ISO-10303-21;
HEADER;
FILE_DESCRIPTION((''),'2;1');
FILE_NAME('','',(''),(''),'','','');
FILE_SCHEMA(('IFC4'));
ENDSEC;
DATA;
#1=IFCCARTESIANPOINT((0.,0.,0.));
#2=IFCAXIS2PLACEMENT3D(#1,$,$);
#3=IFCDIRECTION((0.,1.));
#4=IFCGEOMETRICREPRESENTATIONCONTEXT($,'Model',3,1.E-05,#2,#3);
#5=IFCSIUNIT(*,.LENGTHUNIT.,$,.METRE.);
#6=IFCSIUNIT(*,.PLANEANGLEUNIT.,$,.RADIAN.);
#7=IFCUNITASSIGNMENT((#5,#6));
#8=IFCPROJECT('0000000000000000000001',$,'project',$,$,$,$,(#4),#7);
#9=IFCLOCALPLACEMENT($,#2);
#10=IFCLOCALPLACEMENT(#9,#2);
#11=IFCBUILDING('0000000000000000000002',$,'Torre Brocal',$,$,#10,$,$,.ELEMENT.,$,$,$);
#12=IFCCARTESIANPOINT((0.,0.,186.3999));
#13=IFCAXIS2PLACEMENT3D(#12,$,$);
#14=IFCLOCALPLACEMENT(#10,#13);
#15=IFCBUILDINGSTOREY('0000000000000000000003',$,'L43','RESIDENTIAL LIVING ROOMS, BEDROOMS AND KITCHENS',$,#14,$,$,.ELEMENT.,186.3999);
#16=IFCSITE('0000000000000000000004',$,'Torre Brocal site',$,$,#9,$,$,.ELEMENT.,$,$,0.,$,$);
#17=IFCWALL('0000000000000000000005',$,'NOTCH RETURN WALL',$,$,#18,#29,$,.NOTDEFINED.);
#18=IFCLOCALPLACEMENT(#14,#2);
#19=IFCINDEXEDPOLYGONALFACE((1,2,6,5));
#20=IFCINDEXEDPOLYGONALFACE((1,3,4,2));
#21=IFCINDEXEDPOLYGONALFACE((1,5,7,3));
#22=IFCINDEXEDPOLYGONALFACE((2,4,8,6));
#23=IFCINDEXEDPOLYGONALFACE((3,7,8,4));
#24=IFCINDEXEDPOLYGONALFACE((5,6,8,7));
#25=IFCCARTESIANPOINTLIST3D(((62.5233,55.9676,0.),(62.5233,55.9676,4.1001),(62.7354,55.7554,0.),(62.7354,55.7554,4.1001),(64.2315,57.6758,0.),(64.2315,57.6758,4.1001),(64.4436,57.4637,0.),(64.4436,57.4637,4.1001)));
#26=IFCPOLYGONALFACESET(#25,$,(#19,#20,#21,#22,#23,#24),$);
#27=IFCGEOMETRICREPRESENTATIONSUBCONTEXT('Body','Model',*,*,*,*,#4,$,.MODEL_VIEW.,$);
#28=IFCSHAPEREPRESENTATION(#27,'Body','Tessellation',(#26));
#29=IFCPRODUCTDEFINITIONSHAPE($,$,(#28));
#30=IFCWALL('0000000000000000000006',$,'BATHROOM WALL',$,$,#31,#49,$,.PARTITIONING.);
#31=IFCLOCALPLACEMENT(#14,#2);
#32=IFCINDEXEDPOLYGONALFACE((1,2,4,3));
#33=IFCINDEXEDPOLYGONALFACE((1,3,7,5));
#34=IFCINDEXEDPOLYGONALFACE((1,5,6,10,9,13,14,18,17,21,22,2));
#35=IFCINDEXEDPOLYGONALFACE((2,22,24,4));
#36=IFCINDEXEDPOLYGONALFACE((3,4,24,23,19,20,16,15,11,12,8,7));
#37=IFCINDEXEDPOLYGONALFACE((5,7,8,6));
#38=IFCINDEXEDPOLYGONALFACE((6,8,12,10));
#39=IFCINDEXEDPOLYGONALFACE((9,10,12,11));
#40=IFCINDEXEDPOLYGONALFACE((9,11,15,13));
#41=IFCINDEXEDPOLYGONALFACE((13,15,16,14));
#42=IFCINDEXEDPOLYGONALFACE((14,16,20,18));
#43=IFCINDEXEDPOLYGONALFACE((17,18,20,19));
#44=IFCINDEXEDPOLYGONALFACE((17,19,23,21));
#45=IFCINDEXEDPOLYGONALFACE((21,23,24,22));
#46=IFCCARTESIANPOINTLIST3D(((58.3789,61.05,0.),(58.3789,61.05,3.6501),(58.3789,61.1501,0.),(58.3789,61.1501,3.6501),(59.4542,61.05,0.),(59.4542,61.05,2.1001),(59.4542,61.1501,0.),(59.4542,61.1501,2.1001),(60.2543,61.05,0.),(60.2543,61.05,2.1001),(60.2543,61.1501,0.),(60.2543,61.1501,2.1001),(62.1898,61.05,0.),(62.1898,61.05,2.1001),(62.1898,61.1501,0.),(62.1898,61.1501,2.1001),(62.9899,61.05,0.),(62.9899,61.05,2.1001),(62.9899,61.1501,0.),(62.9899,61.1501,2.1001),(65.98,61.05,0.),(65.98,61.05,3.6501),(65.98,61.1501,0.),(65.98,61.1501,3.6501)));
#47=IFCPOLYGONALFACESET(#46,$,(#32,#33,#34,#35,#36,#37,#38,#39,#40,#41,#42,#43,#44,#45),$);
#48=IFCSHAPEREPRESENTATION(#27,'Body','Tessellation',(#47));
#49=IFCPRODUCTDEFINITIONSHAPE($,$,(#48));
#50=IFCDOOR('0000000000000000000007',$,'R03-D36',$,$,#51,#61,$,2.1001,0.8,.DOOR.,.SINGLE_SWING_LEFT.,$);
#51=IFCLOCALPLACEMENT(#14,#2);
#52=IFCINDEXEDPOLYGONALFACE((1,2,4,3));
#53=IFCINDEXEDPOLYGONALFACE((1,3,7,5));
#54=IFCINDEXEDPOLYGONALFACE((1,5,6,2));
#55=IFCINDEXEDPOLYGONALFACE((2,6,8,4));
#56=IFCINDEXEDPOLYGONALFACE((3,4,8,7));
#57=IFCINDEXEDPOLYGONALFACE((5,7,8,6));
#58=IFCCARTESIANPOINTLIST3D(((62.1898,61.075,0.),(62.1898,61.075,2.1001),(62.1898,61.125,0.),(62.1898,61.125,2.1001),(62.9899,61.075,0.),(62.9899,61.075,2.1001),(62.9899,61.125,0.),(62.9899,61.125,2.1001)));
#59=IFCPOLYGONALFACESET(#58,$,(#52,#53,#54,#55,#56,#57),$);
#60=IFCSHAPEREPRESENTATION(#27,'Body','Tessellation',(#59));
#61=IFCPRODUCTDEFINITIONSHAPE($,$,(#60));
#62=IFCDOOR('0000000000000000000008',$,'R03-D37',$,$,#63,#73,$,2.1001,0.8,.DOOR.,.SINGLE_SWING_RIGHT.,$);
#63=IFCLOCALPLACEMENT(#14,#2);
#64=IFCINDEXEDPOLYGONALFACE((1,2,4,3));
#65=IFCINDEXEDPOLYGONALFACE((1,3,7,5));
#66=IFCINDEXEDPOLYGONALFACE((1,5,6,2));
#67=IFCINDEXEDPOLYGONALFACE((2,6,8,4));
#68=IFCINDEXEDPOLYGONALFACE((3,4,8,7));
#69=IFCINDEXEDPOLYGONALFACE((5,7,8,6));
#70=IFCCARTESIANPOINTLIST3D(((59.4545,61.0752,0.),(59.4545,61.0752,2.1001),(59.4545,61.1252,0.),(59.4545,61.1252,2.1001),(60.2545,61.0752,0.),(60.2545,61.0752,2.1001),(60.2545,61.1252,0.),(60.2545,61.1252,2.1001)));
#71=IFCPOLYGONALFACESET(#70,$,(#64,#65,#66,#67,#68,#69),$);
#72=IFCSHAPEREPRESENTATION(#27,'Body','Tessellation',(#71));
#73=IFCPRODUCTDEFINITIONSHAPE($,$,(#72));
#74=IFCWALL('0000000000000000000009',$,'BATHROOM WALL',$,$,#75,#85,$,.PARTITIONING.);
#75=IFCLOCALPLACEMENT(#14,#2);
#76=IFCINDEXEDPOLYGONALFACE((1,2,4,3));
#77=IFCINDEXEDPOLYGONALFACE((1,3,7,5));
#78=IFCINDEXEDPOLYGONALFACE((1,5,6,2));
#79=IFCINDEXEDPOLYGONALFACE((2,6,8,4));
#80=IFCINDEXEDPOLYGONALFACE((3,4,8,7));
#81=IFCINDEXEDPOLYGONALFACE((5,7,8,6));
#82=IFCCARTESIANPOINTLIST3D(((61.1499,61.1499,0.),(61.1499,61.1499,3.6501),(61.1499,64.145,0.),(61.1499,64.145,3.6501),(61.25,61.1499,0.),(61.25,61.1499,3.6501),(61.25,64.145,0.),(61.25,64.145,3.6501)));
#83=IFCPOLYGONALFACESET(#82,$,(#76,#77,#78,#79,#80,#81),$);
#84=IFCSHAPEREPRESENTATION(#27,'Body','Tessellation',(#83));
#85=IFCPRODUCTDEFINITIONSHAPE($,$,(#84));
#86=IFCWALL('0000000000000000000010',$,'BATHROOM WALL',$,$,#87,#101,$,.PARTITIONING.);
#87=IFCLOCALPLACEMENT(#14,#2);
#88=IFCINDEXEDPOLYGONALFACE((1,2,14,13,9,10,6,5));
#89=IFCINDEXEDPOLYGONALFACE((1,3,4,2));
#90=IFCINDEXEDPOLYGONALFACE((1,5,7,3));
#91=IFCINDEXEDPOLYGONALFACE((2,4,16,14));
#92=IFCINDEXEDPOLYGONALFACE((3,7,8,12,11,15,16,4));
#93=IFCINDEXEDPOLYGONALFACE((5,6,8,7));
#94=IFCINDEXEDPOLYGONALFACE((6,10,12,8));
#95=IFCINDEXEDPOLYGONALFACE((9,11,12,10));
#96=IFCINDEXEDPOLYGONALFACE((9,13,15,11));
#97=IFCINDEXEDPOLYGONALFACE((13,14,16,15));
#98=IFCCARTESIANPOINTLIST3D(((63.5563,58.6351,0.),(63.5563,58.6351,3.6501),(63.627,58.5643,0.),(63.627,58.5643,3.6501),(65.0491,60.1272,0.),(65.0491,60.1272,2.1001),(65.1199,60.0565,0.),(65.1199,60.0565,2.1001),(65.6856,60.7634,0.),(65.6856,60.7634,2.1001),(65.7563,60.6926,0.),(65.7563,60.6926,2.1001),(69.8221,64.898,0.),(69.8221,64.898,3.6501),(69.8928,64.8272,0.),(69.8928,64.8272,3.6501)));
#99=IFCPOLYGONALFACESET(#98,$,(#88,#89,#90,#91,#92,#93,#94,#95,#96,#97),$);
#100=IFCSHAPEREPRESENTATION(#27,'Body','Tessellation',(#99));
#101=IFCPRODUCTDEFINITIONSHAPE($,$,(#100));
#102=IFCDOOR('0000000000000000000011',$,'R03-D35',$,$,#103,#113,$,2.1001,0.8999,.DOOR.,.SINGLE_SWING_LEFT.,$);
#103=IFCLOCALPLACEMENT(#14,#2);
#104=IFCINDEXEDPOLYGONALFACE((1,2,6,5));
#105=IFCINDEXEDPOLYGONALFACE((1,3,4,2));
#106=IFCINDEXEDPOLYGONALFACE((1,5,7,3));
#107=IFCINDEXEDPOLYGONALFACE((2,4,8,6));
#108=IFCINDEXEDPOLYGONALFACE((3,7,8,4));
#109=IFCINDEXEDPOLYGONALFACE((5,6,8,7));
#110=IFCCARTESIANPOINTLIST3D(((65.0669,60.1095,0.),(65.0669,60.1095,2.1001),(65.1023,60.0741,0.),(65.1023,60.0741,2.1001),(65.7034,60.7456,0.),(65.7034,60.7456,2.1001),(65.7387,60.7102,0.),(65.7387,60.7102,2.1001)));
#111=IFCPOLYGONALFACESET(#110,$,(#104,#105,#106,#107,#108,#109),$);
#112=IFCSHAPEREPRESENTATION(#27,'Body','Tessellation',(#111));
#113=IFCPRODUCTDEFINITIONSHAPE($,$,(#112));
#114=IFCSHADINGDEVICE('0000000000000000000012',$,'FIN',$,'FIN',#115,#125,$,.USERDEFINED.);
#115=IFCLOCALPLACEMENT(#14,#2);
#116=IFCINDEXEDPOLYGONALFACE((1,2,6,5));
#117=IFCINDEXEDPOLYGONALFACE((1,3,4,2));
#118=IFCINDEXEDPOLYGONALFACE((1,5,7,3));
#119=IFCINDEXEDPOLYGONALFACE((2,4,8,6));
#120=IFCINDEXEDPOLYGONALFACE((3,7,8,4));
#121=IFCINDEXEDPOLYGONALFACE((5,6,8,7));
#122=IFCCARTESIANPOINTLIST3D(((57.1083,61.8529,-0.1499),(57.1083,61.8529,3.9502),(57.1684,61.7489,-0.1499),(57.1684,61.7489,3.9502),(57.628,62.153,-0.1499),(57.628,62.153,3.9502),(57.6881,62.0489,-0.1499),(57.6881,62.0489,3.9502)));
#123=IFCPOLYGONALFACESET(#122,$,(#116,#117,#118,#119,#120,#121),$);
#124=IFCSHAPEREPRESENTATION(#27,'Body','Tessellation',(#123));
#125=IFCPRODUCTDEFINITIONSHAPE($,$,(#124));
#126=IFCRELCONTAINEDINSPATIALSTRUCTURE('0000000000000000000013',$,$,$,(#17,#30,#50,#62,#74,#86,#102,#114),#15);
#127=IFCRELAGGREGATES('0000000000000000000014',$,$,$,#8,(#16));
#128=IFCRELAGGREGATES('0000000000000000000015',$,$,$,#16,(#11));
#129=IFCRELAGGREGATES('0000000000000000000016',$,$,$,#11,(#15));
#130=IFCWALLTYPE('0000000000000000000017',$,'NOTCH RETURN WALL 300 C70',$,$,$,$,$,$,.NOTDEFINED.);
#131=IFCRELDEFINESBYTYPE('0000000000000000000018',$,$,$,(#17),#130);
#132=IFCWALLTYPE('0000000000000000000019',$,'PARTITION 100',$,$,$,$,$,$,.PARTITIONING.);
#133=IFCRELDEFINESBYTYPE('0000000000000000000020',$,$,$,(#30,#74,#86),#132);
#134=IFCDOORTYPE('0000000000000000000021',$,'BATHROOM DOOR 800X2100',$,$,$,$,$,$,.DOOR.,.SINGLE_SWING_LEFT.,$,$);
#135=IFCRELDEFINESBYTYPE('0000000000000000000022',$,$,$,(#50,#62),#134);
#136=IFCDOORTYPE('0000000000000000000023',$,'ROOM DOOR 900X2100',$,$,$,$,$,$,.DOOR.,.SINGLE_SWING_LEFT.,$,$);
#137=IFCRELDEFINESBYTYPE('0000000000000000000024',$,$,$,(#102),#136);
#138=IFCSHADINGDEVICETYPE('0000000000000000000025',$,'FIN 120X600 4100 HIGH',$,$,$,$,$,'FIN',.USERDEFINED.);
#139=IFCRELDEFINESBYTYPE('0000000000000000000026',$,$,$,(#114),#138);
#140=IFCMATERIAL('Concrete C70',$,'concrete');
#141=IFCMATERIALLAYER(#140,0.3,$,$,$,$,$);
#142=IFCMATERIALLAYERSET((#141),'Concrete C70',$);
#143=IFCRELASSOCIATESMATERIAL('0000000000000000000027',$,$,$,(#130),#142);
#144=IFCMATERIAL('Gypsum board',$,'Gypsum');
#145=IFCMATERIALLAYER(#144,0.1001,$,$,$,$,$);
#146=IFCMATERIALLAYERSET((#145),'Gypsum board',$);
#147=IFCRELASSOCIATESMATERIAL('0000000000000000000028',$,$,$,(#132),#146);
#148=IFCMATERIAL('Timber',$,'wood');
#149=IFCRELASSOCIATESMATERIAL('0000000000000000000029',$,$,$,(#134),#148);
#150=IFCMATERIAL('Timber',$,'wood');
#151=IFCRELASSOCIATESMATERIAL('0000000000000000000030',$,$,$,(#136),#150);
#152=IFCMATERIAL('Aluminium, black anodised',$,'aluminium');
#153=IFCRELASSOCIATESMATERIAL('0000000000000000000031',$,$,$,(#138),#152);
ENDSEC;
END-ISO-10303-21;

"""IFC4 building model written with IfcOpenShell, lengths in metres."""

from ifc_helpers import new_model, si_unit, direction, frame, frame_2d, origin, origin_2d, place, context, subcontext, project, spatial, rectangle, extrude, material, layer, layer_set, material_profile, profile_set, type_object, element, fill, save


model = new_model("IFC4")

# Units and contexts
model_context = context("Model", 3, precision=1e-05, world=origin(), true_north=direction((0.0, 1.0)))
body_context = subcontext(model_context, "Body", "Model", "MODEL_VIEW")
ifc_project = project(units=[si_unit("LENGTHUNIT", "METRE"), si_unit("PLANEANGLEUNIT", "RADIAN")], contexts=[model_context])

# Site, building, storey
site_placement = place(None, origin())
site = spatial("IfcSite", under=ifc_project, at=site_placement, Name="Torre Brocal site", CompositionType="ELEMENT", RefElevation=0.0)
building_placement = place(site_placement, origin())
building = spatial("IfcBuilding", under=site, at=building_placement, Name="Torre Brocal", CompositionType="ELEMENT")
storey_placement = place(building_placement, frame((0.0, 0.0, 186.3999)))
storey = spatial("IfcBuildingStorey", under=building, at=storey_placement, Name="L43", Description="RESIDENTIAL LIVING ROOMS, BEDROOMS AND KITCHENS", CompositionType="ELEMENT", Elevation=186.3999)

# Wall
ifc_material_1 = material(Name="Concrete C70", Category="concrete")
ifc_layer_1 = layer(ifc_material_1, 0.3)
ifc_layer_set_1 = layer_set([ifc_layer_1], Name="Concrete C70")
wall_type_1 = type_object("IfcWallType", Name="NOTCH RETURN WALL 300 C70", PredefinedType="NOTDEFINED", material=ifc_layer_set_1)
for number, where, z_axis, x_axis, name in (
    (1, (64.3376, 57.5698, 0.0), (0.0, 0.0, 1.0), (-0.707107, -0.707107, 0.0), "NOTCH RETURN WALL"),
):
    element("IfcWall", number, at=place(storey_placement, frame(where, z_axis=z_axis, x_axis=x_axis)), inside=storey, type_object=wall_type_1, Name=name, PredefinedType="NOTDEFINED", context=body_context, shape_type="SweptSolid", body=[
        extrude(rectangle(XDim=2.4158, YDim=0.3, at=frame_2d((1.208, 0.0))), origin(), (0.0, 0.0, 1.0), 4.1001),
    ])

# Wall, openings, doors
ifc_material_2 = material(Name="Gypsum board", Category="Gypsum")
ifc_layer_2 = layer(ifc_material_2, 0.1001)
ifc_layer_set_2 = layer_set([ifc_layer_2], Name="Gypsum board")
wall_type_2 = type_object("IfcWallType", Name="PARTITION 100", PredefinedType="PARTITIONING", material=ifc_layer_set_2)
wall_1_placement = place(storey_placement, frame((58.3789, 61.1001, 0.0), z_axis=(0.0, 0.0, 1.0), x_axis=(1.0, 0.0, 0.0)))
wall_1 = element("IfcWall", 2, at=wall_1_placement, inside=storey, type_object=wall_type_2, Name="BATHROOM WALL", PredefinedType="PARTITIONING", context=body_context, shape_type="SweptSolid", body=[
    extrude(rectangle(XDim=7.6011, YDim=0.1001, at=frame_2d((3.8005, 0.0))), origin(), (0.0, 0.0, 1.0), 3.6501),
])
opening_1_placement = place(wall_1_placement, frame((3.811, 0.0, 0.0)))
opening_1 = element("IfcOpeningElement", 3, at=opening_1_placement, cuts=wall_1, PredefinedType="OPENING", context=body_context, shape_type="SweptSolid", body=[
    extrude(rectangle(XDim=0.8, YDim=2.1001, at=frame_2d((0.3999, 1.05))), frame((0.0, 0.0601, 0.0), z_axis=(0.0, -1.0, 0.0), x_axis=(1.0, 0.0, 0.0)), (0.0, 0.0, 1.0), 0.1201),
])
opening_2_placement = place(wall_1_placement, frame((1.0754, 0.0, 0.0)))
opening_2 = element("IfcOpeningElement", 4, at=opening_2_placement, cuts=wall_1, PredefinedType="OPENING", context=body_context, shape_type="SweptSolid", body=[
    extrude(rectangle(XDim=0.8, YDim=2.1001, at=frame_2d((0.3999, 1.05))), frame((0.0, 0.0601, 0.0), z_axis=(0.0, -1.0, 0.0), x_axis=(1.0, 0.0, 0.0)), (0.0, 0.0, 1.0), 0.1201),
])
ifc_material_3 = material(Name="Timber", Category="wood")
door_type_1 = type_object("IfcDoorType", Name="BATHROOM DOOR 800X2100", OperationType="SINGLE_SWING_LEFT", PredefinedType="DOOR", material=ifc_material_3)
door_1_placement = place(opening_1_placement, origin())
door_1 = element("IfcDoor", 5, at=door_1_placement, inside=storey, type_object=door_type_1, Name="R03-D36", OperationType="SINGLE_SWING_LEFT", OverallHeight=2.1001, OverallWidth=0.8, PredefinedType="DOOR", context=body_context, shape_type="SweptSolid", body=[
    extrude(rectangle(XDim=0.8, YDim=2.1001, at=frame_2d((0.3999, 1.05))), frame((0.0, 0.0249, 0.0), z_axis=(0.0, -1.0, 0.0), x_axis=(1.0, 0.0, 0.0)), (0.0, 0.0, 1.0), 0.05),
])
fill(opening_1, door_1)
door_2_placement = place(opening_2_placement, frame((0.8, 0.0, 0.0), z_axis=(0.0, 0.0, 1.0), x_axis=(-1.0, 0.0, 0.0)))
door_2 = element("IfcDoor", 6, at=door_2_placement, inside=storey, type_object=door_type_1, Name="R03-D37", OperationType="SINGLE_SWING_RIGHT", OverallHeight=2.1001, OverallWidth=0.8, PredefinedType="DOOR", context=body_context, shape_type="SweptSolid", body=[
    extrude(rectangle(XDim=0.8, YDim=2.1001, at=frame_2d((0.3999, 1.05))), frame((0.0, 0.0249, 0.0), z_axis=(0.0, -1.0, 0.0), x_axis=(1.0, 0.0, 0.0)), (0.0, 0.0, 1.0), 0.05),
])
fill(opening_2, door_2)

# Wall
wall_2_placement = place(storey_placement, frame((61.2, 61.1499, 0.0), z_axis=(0.0, 0.0, 1.0), x_axis=(0.0, 1.0, 0.0)))
element("IfcWall", 7, at=wall_2_placement, inside=storey, type_object=wall_type_2, Name="BATHROOM WALL", PredefinedType="PARTITIONING", context=body_context, shape_type="SweptSolid", body=[
    extrude(rectangle(XDim=2.9951, YDim=0.1001, at=frame_2d((1.4976, 0.0))), origin(), (0.0, 0.0, 1.0), 3.6501),
])

# Wall, opening, door
wall_3_placement = place(storey_placement, frame((63.5916, 58.5996, 0.0), z_axis=(0.0, 0.0, 1.0), x_axis=(0.707272, 0.706941, 0.0)))
wall_3 = element("IfcWall", 8, at=wall_3_placement, inside=storey, type_object=wall_type_2, Name="BATHROOM WALL", PredefinedType="PARTITIONING", context=body_context, shape_type="SweptSolid", body=[
    extrude(rectangle(XDim=8.8591, YDim=0.1001, at=frame_2d((4.4297, 0.0))), origin(), (0.0, 0.0, 1.0), 3.6501),
])
opening_3_placement = place(wall_3_placement, frame((2.1108, 0.0, 0.0)))
opening_3 = element("IfcOpeningElement", 9, at=opening_3_placement, cuts=wall_3, PredefinedType="OPENING", context=body_context, shape_type="SweptSolid", body=[
    extrude(rectangle(XDim=0.8999, YDim=2.1001, at=frame_2d((0.45, 1.05))), frame((0.0, 0.0601, 0.0), z_axis=(0.0, -1.0, 0.0), x_axis=(1.0, 0.0, 0.0)), (0.0, 0.0, 1.0), 0.1201),
])
ifc_material_4 = material(Name="Timber", Category="wood")
door_type_2 = type_object("IfcDoorType", Name="ROOM DOOR 900X2100", OperationType="SINGLE_SWING_LEFT", PredefinedType="DOOR", material=ifc_material_4)
door_3_placement = place(opening_3_placement, origin())
door_3 = element("IfcDoor", 10, at=door_3_placement, inside=storey, type_object=door_type_2, Name="R03-D35", OperationType="SINGLE_SWING_LEFT", OverallHeight=2.1001, OverallWidth=0.8999, PredefinedType="DOOR", context=body_context, shape_type="SweptSolid", body=[
    extrude(rectangle(XDim=0.8999, YDim=2.1001, at=frame_2d((0.45, 1.05))), frame((0.0, 0.0249, 0.0), z_axis=(0.0, -1.0, 0.0), x_axis=(1.0, 0.0, 0.0)), (0.0, 0.0, 1.0), 0.05),
])
fill(opening_3, door_3)

# Shading device
ifc_material_5 = material(Name="Aluminium, black anodised", Category="aluminium")
ifc_material_profile_1 = material_profile(ifc_material_5, rectangle(XDim=0.1201, YDim=0.6001, at=origin_2d()), Name="FIN 120X600 4100 HIGH")
ifc_profile_set_1 = profile_set([ifc_material_profile_1], Name="Aluminium, black anodised")
shading_device_type = type_object("IfcShadingDeviceType", Name="FIN 120X600 4100 HIGH", ElementType="FIN", PredefinedType="USERDEFINED", material=ifc_profile_set_1)
shading_device_placement = place(storey_placement, frame((57.3982, 61.9509, -0.1499), z_axis=(0.0, 0.0, 1.0), x_axis=(0.5, -0.866025, 0.0)))
element("IfcShadingDevice", 11, at=shading_device_placement, inside=storey, type_object=shading_device_type, Name="FIN", ObjectType="FIN", PredefinedType="USERDEFINED", context=body_context, shape_type="SweptSolid", body=[
    extrude(rectangle(XDim=0.1201, YDim=0.6001, at=origin_2d()), origin(), (0.0, 0.0, 1.0), 4.1001),
])

save(model, "model.ifc")
